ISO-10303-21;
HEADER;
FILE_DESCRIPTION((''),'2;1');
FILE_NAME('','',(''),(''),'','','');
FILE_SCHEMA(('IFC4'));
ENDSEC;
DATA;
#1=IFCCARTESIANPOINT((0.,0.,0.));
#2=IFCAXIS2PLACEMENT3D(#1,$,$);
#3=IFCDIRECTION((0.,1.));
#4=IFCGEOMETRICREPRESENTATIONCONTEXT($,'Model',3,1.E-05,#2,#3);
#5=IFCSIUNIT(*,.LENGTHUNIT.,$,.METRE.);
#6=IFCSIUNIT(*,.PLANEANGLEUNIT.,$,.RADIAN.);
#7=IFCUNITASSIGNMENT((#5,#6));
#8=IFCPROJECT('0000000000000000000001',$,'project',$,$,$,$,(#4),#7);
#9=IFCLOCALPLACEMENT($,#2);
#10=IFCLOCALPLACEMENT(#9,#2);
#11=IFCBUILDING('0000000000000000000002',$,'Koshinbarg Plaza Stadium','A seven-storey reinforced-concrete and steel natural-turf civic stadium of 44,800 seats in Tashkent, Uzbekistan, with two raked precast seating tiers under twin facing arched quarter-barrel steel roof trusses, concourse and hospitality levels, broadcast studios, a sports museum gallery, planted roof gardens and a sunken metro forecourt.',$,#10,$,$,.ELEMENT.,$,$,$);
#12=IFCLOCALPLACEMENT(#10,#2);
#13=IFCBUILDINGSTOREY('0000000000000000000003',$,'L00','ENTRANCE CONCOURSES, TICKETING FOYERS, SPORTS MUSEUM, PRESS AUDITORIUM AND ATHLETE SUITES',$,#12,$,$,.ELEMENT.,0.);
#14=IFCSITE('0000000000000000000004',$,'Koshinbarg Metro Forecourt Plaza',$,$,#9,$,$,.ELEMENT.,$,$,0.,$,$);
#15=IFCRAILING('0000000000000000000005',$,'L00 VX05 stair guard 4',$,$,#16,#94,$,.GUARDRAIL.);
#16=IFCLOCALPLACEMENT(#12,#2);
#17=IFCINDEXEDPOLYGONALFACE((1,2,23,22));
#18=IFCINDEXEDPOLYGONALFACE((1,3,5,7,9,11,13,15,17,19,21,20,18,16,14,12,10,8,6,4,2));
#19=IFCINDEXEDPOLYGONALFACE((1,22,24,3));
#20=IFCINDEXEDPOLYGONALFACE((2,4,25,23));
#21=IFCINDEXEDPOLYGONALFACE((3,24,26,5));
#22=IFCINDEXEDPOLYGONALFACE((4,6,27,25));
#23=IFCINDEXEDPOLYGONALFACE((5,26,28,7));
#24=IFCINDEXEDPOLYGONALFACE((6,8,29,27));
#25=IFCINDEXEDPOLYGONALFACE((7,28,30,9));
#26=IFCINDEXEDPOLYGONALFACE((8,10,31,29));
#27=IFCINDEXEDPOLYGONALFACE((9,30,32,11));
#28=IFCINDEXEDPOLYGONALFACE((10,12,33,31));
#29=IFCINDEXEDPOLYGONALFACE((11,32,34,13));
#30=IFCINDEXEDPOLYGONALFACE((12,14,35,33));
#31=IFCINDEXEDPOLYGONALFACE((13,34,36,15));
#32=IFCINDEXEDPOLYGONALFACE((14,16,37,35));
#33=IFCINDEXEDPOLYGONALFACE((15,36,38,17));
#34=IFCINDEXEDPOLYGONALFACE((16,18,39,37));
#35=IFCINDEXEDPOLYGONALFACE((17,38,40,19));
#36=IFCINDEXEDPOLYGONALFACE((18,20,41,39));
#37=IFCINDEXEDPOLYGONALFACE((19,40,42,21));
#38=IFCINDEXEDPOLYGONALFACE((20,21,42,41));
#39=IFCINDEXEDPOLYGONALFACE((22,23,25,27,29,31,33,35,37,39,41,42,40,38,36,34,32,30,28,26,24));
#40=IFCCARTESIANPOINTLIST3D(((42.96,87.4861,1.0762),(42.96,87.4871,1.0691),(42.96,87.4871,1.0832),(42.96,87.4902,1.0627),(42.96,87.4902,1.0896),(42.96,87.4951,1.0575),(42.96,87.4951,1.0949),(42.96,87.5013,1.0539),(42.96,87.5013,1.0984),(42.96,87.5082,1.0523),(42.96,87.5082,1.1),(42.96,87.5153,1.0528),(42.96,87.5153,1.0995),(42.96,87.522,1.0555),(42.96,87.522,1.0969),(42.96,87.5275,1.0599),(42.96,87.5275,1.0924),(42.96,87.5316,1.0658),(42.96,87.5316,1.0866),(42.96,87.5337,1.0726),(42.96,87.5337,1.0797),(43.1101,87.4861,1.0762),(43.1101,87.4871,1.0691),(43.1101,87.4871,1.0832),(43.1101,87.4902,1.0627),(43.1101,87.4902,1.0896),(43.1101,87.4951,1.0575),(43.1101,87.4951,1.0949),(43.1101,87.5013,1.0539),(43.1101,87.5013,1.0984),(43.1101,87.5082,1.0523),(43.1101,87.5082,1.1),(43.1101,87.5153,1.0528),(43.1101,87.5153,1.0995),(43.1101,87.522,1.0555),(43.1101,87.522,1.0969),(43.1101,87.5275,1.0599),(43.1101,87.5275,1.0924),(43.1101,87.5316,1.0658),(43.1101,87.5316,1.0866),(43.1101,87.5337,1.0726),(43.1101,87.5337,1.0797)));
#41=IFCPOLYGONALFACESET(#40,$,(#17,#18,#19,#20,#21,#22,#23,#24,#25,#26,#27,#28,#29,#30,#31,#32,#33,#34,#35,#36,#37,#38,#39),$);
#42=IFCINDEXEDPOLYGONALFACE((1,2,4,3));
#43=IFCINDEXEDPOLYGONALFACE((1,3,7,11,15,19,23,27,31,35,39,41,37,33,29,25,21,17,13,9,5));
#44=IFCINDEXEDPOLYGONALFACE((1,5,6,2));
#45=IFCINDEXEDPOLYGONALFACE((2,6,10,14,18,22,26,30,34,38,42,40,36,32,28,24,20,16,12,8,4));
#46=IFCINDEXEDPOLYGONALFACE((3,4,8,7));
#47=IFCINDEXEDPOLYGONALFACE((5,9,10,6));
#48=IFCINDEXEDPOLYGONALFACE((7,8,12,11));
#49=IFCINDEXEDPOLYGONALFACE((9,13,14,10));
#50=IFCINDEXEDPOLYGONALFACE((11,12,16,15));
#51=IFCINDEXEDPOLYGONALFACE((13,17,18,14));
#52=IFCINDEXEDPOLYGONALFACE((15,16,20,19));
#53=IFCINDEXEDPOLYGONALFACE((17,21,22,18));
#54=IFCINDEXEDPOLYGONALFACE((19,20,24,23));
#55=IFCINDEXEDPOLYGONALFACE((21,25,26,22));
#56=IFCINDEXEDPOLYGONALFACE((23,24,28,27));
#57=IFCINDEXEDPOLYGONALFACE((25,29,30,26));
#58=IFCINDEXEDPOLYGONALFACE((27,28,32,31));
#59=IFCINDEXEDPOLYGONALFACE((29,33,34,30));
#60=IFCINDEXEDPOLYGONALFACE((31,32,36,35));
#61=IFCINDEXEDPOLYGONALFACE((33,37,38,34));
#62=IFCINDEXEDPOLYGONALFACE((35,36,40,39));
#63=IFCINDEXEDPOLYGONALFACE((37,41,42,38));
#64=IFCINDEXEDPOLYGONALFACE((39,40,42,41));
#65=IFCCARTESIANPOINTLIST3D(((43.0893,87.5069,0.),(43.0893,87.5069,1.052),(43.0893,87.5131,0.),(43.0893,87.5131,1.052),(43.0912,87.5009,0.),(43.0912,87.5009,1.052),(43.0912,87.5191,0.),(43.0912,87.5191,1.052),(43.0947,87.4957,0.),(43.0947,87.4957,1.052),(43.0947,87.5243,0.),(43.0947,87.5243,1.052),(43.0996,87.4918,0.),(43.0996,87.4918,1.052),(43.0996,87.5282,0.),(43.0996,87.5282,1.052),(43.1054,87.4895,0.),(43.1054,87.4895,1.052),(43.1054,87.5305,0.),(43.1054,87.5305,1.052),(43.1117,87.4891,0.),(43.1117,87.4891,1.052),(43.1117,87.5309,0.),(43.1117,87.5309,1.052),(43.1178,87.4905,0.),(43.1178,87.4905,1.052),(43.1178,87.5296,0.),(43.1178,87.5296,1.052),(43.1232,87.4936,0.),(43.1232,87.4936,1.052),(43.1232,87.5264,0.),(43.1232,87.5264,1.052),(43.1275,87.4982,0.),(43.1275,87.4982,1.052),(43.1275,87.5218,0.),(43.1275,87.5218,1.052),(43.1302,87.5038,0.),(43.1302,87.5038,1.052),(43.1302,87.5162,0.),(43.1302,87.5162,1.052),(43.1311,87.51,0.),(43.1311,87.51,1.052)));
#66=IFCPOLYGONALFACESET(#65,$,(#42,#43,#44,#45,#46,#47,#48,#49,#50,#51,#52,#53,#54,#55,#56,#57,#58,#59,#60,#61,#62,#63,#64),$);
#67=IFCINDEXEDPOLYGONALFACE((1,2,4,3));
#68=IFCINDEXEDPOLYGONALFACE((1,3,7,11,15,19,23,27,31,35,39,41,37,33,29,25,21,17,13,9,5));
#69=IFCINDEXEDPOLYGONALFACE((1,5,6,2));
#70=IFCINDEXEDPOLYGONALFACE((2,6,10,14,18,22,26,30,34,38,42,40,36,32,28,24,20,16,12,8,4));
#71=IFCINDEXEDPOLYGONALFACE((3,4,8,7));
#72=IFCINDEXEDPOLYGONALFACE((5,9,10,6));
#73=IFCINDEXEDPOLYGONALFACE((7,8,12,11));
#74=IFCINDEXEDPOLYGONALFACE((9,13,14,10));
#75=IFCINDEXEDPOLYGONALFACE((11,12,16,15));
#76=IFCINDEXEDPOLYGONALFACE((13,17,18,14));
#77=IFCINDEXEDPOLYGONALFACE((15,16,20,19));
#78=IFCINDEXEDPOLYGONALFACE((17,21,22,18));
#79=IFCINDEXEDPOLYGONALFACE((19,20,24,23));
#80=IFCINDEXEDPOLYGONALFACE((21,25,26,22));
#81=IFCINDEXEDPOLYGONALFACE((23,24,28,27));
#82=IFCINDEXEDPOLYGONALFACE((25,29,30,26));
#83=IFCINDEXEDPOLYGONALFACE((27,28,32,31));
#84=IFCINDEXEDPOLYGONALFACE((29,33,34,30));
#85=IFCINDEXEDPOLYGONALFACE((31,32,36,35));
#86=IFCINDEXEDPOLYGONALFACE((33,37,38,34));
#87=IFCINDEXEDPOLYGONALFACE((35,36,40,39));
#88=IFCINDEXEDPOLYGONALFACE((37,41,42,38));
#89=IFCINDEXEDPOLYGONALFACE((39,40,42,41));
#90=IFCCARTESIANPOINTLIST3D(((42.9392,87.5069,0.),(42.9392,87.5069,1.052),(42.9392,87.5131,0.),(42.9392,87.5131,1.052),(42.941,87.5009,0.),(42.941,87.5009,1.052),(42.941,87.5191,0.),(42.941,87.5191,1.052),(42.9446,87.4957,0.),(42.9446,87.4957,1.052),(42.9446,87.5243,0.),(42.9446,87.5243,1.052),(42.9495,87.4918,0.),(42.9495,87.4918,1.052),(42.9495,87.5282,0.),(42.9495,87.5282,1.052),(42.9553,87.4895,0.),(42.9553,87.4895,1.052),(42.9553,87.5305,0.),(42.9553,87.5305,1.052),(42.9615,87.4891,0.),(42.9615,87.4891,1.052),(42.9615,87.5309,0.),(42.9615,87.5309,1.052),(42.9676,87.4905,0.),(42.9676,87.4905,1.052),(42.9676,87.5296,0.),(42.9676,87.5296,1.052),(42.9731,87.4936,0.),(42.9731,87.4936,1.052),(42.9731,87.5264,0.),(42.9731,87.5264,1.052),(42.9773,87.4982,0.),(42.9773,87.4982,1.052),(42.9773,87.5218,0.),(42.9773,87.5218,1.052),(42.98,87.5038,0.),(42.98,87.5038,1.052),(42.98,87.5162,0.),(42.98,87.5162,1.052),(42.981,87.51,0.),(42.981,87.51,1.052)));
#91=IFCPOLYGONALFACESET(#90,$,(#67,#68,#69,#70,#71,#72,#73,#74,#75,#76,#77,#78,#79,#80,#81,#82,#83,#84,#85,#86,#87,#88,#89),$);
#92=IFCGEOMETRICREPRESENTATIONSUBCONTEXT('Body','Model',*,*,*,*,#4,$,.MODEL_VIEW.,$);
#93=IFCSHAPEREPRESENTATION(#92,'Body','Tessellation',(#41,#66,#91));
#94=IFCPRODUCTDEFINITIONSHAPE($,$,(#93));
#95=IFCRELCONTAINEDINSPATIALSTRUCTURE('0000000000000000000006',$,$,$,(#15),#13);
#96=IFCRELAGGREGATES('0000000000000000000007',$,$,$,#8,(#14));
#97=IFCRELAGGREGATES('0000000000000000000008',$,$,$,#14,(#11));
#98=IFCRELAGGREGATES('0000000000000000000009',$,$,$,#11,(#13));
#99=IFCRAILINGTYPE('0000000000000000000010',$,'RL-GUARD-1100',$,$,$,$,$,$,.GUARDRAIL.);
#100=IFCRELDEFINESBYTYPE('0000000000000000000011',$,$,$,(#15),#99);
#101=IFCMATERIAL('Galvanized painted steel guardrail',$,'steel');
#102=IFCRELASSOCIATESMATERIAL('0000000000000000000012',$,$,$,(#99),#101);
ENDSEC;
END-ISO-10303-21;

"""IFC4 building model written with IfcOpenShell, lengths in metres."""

from ifc_helpers import new_model, si_unit, direction, frame, origin, origin_2d, place, context, subcontext, project, spatial, circle, extrude, material, type_object, element, save


model = new_model("IFC4")

# Units and contexts
model_context = context("Model", 3, precision=1e-05, world=origin(), true_north=direction((0.0, 1.0)))
body_context = subcontext(model_context, "Body", "Model", "MODEL_VIEW")
ifc_project = project(units=[si_unit("LENGTHUNIT", "METRE"), si_unit("PLANEANGLEUNIT", "RADIAN")], contexts=[model_context])

# Site, building, storey
site_placement = place(None, origin())
site = spatial("IfcSite", under=ifc_project, at=site_placement, Name="Koshinbarg Metro Forecourt Plaza", CompositionType="ELEMENT", RefElevation=0.0)
building_placement = place(site_placement, origin())
building = spatial("IfcBuilding", under=site, at=building_placement, Name="Koshinbarg Plaza Stadium", Description="A seven-storey reinforced-concrete and steel natural-turf civic stadium of 44,800 seats in Tashkent, Uzbekistan, with two raked precast seating tiers under twin facing arched quarter-barrel steel roof trusses, concourse and hospitality levels, broadcast studios, a sports museum gallery, planted roof gardens and a sunken metro forecourt.", CompositionType="ELEMENT")
storey_placement = place(building_placement, origin())
storey = spatial("IfcBuildingStorey", under=building, at=storey_placement, Name="L00", Description="ENTRANCE CONCOURSES, TICKETING FOYERS, SPORTS MUSEUM, PRESS AUDITORIUM AND ATHLETE SUITES", CompositionType="ELEMENT", Elevation=0.0)

# Railing
ifc_material_1 = material(Name="Galvanized painted steel guardrail", Category="steel")
railing_type_1 = type_object("IfcRailingType", Name="RL-GUARD-1100", PredefinedType="GUARDRAIL", material=ifc_material_1)
railing_1_placement = place(storey_placement, frame((43.1101, 87.51, 0.0)))
element("IfcRailing", 1, at=railing_1_placement, inside=storey, type_object=railing_type_1, Name="L00 VX05 stair guard 4", PredefinedType="GUARDRAIL", context=body_context, shape_type="SweptSolid", body=[
    extrude(circle(Radius=0.0239, at=origin_2d()), frame((0.0, 0.0, 1.0762), z_axis=(-1.0, 0.0, 0.0), x_axis=(0.0, -1.0, 0.0)), (0.0, 0.0, 1.0), 0.1501),
    extrude(circle(Radius=0.021, at=origin_2d()), origin(), (0.0, 0.0, 1.0), 1.052),
    extrude(circle(Radius=0.021, at=origin_2d()), frame((-0.1501, 0.0, 0.0)), (0.0, 0.0, 1.0), 1.052),
])

save(model, "model.ifc")
